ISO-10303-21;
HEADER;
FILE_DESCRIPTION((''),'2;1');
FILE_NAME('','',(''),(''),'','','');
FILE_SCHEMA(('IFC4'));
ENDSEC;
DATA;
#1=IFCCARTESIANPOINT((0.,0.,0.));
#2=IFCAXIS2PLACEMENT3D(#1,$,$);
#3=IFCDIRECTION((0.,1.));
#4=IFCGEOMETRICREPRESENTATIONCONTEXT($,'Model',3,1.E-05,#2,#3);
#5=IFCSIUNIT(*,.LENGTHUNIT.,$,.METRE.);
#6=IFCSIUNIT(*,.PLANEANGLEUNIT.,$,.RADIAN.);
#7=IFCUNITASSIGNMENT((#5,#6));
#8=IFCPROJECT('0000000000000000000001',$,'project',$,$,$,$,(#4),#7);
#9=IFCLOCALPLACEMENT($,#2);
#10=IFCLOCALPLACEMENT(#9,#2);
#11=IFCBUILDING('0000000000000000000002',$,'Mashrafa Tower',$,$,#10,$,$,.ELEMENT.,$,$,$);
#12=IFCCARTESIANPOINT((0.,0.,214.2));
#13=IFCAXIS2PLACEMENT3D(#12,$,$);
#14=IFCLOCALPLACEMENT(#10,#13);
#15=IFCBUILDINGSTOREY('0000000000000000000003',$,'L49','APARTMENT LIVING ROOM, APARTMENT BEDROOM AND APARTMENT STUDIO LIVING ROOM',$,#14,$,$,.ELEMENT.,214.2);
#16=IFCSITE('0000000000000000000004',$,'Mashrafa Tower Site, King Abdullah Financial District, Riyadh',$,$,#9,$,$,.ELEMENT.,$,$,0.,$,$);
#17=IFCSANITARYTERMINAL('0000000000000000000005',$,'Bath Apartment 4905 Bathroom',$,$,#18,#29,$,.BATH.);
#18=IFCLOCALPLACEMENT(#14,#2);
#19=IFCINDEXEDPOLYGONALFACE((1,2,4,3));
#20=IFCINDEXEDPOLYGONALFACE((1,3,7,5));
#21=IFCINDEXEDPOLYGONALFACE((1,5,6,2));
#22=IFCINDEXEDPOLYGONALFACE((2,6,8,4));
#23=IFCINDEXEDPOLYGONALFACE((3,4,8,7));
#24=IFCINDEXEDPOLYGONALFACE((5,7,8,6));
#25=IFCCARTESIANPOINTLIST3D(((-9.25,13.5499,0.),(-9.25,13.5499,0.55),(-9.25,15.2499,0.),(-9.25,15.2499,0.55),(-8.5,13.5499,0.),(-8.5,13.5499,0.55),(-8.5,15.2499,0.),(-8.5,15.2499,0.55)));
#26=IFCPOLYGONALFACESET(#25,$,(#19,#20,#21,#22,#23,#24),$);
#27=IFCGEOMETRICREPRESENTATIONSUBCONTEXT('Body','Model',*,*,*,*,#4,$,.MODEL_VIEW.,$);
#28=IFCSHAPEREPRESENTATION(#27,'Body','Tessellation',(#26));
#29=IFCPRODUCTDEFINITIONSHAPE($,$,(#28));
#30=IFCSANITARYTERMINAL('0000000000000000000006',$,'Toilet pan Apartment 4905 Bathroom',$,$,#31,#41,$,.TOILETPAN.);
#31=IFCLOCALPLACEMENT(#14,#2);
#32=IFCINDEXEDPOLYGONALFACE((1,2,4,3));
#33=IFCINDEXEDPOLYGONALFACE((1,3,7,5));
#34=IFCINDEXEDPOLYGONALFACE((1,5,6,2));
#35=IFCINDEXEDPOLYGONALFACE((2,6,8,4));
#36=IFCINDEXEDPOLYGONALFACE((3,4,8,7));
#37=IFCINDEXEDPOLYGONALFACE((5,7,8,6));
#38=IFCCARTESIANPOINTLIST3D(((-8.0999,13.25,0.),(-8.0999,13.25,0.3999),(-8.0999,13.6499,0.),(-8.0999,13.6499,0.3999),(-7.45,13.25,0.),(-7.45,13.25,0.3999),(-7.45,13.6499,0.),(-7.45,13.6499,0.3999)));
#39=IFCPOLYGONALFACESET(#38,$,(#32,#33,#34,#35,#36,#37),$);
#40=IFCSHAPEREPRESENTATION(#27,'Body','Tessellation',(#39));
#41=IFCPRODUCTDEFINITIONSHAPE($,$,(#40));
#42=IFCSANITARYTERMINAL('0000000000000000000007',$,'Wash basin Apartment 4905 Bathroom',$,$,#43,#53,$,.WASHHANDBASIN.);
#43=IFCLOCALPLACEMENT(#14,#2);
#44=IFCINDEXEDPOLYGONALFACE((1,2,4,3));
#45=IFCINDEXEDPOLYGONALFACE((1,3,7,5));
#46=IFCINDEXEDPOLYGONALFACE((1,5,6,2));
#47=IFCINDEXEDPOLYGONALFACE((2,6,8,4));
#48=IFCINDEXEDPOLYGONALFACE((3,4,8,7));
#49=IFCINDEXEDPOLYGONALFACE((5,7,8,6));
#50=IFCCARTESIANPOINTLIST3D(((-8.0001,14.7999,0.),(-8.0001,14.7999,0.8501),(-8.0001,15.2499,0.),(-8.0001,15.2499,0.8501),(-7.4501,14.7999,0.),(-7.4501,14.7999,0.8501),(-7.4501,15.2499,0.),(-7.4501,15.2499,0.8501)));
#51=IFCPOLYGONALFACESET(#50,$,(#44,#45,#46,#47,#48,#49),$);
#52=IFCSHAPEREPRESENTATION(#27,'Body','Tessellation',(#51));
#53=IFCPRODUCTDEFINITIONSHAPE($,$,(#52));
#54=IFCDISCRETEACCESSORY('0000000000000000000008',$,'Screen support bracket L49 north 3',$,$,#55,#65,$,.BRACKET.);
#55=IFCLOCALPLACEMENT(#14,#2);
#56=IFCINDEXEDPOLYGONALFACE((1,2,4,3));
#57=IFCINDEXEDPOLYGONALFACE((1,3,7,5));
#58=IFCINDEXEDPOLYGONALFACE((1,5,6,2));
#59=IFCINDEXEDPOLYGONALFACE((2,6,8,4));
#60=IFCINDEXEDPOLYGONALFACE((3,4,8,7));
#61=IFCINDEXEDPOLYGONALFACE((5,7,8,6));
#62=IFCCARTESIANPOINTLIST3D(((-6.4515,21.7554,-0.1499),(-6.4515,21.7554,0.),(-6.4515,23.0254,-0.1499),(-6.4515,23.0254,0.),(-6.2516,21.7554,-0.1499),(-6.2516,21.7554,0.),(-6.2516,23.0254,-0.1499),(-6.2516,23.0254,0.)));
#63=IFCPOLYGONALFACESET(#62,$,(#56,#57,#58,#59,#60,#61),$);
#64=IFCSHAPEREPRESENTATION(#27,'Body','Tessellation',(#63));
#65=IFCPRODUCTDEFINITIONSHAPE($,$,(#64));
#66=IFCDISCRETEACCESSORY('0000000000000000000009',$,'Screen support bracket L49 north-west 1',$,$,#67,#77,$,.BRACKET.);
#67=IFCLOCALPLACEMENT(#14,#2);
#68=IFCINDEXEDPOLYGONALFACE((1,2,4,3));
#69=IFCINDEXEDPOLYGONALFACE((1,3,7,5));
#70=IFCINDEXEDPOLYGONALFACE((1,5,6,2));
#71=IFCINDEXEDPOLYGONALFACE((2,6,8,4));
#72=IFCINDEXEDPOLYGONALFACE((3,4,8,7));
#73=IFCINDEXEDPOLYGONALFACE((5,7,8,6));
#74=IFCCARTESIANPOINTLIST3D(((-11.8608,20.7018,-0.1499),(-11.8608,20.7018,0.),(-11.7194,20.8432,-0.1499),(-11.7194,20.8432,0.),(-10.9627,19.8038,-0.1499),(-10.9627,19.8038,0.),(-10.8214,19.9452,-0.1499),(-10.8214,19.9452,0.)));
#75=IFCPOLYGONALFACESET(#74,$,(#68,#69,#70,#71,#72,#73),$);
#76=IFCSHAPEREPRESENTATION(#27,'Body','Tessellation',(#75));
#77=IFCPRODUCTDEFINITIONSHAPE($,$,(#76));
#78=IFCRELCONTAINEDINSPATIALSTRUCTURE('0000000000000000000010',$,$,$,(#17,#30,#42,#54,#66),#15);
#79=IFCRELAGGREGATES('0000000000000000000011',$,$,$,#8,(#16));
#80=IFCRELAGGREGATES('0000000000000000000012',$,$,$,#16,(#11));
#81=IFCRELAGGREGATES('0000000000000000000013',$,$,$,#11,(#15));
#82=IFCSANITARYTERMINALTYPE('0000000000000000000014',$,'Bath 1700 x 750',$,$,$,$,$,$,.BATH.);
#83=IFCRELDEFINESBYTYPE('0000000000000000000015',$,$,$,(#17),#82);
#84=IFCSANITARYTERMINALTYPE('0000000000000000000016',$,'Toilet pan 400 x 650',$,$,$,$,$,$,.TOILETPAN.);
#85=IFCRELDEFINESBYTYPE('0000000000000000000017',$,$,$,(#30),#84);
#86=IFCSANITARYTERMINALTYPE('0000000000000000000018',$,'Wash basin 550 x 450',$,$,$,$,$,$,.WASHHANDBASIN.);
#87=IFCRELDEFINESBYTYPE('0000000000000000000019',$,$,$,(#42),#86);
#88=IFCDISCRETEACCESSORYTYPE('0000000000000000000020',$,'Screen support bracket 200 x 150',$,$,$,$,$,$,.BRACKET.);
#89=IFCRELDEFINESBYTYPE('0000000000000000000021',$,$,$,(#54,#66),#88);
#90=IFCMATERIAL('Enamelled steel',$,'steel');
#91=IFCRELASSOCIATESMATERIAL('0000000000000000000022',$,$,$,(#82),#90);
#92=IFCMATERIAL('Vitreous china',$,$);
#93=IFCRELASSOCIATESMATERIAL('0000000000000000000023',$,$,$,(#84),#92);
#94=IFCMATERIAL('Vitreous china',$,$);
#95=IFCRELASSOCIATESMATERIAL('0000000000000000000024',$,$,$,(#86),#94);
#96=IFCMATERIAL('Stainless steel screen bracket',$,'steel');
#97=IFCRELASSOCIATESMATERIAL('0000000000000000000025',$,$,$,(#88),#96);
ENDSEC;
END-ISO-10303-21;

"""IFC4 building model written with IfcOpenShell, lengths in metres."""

from ifc_helpers import new_model, si_unit, direction, frame, origin, origin_2d, place, context, subcontext, project, spatial, rectangle, extrude, source, transform, mapped, material, type_object, type_shapes, element, save


model = new_model("IFC4")

# Units and contexts
model_context = context("Model", 3, precision=1e-05, world=origin(), true_north=direction((0.0, 1.0)))
body_context = subcontext(model_context, "Body", "Model", "MODEL_VIEW")
ifc_project = project(units=[si_unit("LENGTHUNIT", "METRE"), si_unit("PLANEANGLEUNIT", "RADIAN")], contexts=[model_context])

# Site, building, storey
site_placement = place(None, origin())
site = spatial("IfcSite", under=ifc_project, at=site_placement, Name="Mashrafa Tower Site, King Abdullah Financial District, Riyadh", CompositionType="ELEMENT", RefElevation=0.0)
building_placement = place(site_placement, origin())
building = spatial("IfcBuilding", under=site, at=building_placement, Name="Mashrafa Tower", CompositionType="ELEMENT")
storey_placement = place(building_placement, frame((0.0, 0.0, 214.2)))
storey = spatial("IfcBuildingStorey", under=building, at=storey_placement, Name="L49", Description="APARTMENT LIVING ROOM, APARTMENT BEDROOM AND APARTMENT STUDIO LIVING ROOM", CompositionType="ELEMENT", Elevation=214.2)

# Sanitary terminals
ifc_material_1 = material(Name="Enamelled steel", Category="steel")
sanitary_terminal_type_1 = type_object("IfcSanitaryTerminalType", Name="Bath 1700 x 750", PredefinedType="BATH", material=ifc_material_1)
sanitary_terminal_1_placement = place(storey_placement, frame((-8.875, 14.3999, 0.0), z_axis=(0.0, 0.0, 1.0), x_axis=(0.0, -1.0, 0.0)))
element("IfcSanitaryTerminal", 1, at=sanitary_terminal_1_placement, inside=storey, type_object=sanitary_terminal_type_1, Name="Bath Apartment 4905 Bathroom", PredefinedType="BATH", context=body_context, shape_type="SweptSolid", body=[
    extrude(rectangle(XDim=1.7, YDim=0.75, at=origin_2d()), origin(), (0.0, 0.0, 1.0), 0.55),
])
ifc_material_2 = material(Name="Vitreous china")
sanitary_terminal_type_2 = type_object("IfcSanitaryTerminalType", Name="Toilet pan 400 x 650", PredefinedType="TOILETPAN", material=ifc_material_2)
sanitary_terminal_2_placement = place(storey_placement, frame((-7.7749, 13.45, 0.0), z_axis=(0.0, 0.0, 1.0), x_axis=(0.0, 1.0, 0.0)))
element("IfcSanitaryTerminal", 2, at=sanitary_terminal_2_placement, inside=storey, type_object=sanitary_terminal_type_2, Name="Toilet pan Apartment 4905 Bathroom", PredefinedType="TOILETPAN", context=body_context, shape_type="SweptSolid", body=[
    extrude(rectangle(XDim=0.3999, YDim=0.6499, at=origin_2d()), origin(), (0.0, 0.0, 1.0), 0.3999),
])
ifc_material_3 = material(Name="Vitreous china")
sanitary_terminal_type_3 = type_object("IfcSanitaryTerminalType", Name="Wash basin 550 x 450", PredefinedType="WASHHANDBASIN", material=ifc_material_3)
sanitary_terminal_3_placement = place(storey_placement, frame((-7.7251, 15.0249, 0.0), z_axis=(0.0, 0.0, 1.0), x_axis=(-1.0, 0.0, 0.0)))
element("IfcSanitaryTerminal", 3, at=sanitary_terminal_3_placement, inside=storey, type_object=sanitary_terminal_type_3, Name="Wash basin Apartment 4905 Bathroom", PredefinedType="WASHHANDBASIN", context=body_context, shape_type="SweptSolid", body=[
    extrude(rectangle(XDim=0.55, YDim=0.45, at=origin_2d()), origin(), (0.0, 0.0, 1.0), 0.8501),
])

# Discrete accessories
ifc_material_4 = material(Name="Stainless steel screen bracket", Category="steel")
discrete_accessory_type = type_object("IfcDiscreteAccessoryType", Name="Screen support bracket 200 x 150", PredefinedType="BRACKET", material=ifc_material_4)
shared_shape_1 = source(origin(), body_context, "Body", "SweptSolid", [
    extrude(rectangle(XDim=0.2, YDim=1.27, at=origin_2d()), origin(), (0.0, 0.0, 1.0), 0.1499),
])
type_shapes(discrete_accessory_type, [shared_shape_1])
for number, where, z_axis, x_axis, name in (
    (4, (-6.3516, 22.3904, -0.1499), (0.0, 0.0, 1.0), (-1.0, 0.0, 0.0), "Screen support bracket L49 north 3"),
    (5, (-11.3411, 20.3235, -0.1499), (0.0, 0.0, 1.0), (-0.707107, -0.707107, 0.0), "Screen support bracket L49 north-west 1"),
):
    element("IfcDiscreteAccessory", number, at=place(storey_placement, frame(where, z_axis=z_axis, x_axis=x_axis)), inside=storey, type_object=discrete_accessory_type, Name=name, PredefinedType="BRACKET", context=body_context, shape_type="MappedRepresentation", body=[
        mapped(shared_shape_1, transform((0.0, 0.0, 0.0))),
    ])

save(model, "model.ifc")
